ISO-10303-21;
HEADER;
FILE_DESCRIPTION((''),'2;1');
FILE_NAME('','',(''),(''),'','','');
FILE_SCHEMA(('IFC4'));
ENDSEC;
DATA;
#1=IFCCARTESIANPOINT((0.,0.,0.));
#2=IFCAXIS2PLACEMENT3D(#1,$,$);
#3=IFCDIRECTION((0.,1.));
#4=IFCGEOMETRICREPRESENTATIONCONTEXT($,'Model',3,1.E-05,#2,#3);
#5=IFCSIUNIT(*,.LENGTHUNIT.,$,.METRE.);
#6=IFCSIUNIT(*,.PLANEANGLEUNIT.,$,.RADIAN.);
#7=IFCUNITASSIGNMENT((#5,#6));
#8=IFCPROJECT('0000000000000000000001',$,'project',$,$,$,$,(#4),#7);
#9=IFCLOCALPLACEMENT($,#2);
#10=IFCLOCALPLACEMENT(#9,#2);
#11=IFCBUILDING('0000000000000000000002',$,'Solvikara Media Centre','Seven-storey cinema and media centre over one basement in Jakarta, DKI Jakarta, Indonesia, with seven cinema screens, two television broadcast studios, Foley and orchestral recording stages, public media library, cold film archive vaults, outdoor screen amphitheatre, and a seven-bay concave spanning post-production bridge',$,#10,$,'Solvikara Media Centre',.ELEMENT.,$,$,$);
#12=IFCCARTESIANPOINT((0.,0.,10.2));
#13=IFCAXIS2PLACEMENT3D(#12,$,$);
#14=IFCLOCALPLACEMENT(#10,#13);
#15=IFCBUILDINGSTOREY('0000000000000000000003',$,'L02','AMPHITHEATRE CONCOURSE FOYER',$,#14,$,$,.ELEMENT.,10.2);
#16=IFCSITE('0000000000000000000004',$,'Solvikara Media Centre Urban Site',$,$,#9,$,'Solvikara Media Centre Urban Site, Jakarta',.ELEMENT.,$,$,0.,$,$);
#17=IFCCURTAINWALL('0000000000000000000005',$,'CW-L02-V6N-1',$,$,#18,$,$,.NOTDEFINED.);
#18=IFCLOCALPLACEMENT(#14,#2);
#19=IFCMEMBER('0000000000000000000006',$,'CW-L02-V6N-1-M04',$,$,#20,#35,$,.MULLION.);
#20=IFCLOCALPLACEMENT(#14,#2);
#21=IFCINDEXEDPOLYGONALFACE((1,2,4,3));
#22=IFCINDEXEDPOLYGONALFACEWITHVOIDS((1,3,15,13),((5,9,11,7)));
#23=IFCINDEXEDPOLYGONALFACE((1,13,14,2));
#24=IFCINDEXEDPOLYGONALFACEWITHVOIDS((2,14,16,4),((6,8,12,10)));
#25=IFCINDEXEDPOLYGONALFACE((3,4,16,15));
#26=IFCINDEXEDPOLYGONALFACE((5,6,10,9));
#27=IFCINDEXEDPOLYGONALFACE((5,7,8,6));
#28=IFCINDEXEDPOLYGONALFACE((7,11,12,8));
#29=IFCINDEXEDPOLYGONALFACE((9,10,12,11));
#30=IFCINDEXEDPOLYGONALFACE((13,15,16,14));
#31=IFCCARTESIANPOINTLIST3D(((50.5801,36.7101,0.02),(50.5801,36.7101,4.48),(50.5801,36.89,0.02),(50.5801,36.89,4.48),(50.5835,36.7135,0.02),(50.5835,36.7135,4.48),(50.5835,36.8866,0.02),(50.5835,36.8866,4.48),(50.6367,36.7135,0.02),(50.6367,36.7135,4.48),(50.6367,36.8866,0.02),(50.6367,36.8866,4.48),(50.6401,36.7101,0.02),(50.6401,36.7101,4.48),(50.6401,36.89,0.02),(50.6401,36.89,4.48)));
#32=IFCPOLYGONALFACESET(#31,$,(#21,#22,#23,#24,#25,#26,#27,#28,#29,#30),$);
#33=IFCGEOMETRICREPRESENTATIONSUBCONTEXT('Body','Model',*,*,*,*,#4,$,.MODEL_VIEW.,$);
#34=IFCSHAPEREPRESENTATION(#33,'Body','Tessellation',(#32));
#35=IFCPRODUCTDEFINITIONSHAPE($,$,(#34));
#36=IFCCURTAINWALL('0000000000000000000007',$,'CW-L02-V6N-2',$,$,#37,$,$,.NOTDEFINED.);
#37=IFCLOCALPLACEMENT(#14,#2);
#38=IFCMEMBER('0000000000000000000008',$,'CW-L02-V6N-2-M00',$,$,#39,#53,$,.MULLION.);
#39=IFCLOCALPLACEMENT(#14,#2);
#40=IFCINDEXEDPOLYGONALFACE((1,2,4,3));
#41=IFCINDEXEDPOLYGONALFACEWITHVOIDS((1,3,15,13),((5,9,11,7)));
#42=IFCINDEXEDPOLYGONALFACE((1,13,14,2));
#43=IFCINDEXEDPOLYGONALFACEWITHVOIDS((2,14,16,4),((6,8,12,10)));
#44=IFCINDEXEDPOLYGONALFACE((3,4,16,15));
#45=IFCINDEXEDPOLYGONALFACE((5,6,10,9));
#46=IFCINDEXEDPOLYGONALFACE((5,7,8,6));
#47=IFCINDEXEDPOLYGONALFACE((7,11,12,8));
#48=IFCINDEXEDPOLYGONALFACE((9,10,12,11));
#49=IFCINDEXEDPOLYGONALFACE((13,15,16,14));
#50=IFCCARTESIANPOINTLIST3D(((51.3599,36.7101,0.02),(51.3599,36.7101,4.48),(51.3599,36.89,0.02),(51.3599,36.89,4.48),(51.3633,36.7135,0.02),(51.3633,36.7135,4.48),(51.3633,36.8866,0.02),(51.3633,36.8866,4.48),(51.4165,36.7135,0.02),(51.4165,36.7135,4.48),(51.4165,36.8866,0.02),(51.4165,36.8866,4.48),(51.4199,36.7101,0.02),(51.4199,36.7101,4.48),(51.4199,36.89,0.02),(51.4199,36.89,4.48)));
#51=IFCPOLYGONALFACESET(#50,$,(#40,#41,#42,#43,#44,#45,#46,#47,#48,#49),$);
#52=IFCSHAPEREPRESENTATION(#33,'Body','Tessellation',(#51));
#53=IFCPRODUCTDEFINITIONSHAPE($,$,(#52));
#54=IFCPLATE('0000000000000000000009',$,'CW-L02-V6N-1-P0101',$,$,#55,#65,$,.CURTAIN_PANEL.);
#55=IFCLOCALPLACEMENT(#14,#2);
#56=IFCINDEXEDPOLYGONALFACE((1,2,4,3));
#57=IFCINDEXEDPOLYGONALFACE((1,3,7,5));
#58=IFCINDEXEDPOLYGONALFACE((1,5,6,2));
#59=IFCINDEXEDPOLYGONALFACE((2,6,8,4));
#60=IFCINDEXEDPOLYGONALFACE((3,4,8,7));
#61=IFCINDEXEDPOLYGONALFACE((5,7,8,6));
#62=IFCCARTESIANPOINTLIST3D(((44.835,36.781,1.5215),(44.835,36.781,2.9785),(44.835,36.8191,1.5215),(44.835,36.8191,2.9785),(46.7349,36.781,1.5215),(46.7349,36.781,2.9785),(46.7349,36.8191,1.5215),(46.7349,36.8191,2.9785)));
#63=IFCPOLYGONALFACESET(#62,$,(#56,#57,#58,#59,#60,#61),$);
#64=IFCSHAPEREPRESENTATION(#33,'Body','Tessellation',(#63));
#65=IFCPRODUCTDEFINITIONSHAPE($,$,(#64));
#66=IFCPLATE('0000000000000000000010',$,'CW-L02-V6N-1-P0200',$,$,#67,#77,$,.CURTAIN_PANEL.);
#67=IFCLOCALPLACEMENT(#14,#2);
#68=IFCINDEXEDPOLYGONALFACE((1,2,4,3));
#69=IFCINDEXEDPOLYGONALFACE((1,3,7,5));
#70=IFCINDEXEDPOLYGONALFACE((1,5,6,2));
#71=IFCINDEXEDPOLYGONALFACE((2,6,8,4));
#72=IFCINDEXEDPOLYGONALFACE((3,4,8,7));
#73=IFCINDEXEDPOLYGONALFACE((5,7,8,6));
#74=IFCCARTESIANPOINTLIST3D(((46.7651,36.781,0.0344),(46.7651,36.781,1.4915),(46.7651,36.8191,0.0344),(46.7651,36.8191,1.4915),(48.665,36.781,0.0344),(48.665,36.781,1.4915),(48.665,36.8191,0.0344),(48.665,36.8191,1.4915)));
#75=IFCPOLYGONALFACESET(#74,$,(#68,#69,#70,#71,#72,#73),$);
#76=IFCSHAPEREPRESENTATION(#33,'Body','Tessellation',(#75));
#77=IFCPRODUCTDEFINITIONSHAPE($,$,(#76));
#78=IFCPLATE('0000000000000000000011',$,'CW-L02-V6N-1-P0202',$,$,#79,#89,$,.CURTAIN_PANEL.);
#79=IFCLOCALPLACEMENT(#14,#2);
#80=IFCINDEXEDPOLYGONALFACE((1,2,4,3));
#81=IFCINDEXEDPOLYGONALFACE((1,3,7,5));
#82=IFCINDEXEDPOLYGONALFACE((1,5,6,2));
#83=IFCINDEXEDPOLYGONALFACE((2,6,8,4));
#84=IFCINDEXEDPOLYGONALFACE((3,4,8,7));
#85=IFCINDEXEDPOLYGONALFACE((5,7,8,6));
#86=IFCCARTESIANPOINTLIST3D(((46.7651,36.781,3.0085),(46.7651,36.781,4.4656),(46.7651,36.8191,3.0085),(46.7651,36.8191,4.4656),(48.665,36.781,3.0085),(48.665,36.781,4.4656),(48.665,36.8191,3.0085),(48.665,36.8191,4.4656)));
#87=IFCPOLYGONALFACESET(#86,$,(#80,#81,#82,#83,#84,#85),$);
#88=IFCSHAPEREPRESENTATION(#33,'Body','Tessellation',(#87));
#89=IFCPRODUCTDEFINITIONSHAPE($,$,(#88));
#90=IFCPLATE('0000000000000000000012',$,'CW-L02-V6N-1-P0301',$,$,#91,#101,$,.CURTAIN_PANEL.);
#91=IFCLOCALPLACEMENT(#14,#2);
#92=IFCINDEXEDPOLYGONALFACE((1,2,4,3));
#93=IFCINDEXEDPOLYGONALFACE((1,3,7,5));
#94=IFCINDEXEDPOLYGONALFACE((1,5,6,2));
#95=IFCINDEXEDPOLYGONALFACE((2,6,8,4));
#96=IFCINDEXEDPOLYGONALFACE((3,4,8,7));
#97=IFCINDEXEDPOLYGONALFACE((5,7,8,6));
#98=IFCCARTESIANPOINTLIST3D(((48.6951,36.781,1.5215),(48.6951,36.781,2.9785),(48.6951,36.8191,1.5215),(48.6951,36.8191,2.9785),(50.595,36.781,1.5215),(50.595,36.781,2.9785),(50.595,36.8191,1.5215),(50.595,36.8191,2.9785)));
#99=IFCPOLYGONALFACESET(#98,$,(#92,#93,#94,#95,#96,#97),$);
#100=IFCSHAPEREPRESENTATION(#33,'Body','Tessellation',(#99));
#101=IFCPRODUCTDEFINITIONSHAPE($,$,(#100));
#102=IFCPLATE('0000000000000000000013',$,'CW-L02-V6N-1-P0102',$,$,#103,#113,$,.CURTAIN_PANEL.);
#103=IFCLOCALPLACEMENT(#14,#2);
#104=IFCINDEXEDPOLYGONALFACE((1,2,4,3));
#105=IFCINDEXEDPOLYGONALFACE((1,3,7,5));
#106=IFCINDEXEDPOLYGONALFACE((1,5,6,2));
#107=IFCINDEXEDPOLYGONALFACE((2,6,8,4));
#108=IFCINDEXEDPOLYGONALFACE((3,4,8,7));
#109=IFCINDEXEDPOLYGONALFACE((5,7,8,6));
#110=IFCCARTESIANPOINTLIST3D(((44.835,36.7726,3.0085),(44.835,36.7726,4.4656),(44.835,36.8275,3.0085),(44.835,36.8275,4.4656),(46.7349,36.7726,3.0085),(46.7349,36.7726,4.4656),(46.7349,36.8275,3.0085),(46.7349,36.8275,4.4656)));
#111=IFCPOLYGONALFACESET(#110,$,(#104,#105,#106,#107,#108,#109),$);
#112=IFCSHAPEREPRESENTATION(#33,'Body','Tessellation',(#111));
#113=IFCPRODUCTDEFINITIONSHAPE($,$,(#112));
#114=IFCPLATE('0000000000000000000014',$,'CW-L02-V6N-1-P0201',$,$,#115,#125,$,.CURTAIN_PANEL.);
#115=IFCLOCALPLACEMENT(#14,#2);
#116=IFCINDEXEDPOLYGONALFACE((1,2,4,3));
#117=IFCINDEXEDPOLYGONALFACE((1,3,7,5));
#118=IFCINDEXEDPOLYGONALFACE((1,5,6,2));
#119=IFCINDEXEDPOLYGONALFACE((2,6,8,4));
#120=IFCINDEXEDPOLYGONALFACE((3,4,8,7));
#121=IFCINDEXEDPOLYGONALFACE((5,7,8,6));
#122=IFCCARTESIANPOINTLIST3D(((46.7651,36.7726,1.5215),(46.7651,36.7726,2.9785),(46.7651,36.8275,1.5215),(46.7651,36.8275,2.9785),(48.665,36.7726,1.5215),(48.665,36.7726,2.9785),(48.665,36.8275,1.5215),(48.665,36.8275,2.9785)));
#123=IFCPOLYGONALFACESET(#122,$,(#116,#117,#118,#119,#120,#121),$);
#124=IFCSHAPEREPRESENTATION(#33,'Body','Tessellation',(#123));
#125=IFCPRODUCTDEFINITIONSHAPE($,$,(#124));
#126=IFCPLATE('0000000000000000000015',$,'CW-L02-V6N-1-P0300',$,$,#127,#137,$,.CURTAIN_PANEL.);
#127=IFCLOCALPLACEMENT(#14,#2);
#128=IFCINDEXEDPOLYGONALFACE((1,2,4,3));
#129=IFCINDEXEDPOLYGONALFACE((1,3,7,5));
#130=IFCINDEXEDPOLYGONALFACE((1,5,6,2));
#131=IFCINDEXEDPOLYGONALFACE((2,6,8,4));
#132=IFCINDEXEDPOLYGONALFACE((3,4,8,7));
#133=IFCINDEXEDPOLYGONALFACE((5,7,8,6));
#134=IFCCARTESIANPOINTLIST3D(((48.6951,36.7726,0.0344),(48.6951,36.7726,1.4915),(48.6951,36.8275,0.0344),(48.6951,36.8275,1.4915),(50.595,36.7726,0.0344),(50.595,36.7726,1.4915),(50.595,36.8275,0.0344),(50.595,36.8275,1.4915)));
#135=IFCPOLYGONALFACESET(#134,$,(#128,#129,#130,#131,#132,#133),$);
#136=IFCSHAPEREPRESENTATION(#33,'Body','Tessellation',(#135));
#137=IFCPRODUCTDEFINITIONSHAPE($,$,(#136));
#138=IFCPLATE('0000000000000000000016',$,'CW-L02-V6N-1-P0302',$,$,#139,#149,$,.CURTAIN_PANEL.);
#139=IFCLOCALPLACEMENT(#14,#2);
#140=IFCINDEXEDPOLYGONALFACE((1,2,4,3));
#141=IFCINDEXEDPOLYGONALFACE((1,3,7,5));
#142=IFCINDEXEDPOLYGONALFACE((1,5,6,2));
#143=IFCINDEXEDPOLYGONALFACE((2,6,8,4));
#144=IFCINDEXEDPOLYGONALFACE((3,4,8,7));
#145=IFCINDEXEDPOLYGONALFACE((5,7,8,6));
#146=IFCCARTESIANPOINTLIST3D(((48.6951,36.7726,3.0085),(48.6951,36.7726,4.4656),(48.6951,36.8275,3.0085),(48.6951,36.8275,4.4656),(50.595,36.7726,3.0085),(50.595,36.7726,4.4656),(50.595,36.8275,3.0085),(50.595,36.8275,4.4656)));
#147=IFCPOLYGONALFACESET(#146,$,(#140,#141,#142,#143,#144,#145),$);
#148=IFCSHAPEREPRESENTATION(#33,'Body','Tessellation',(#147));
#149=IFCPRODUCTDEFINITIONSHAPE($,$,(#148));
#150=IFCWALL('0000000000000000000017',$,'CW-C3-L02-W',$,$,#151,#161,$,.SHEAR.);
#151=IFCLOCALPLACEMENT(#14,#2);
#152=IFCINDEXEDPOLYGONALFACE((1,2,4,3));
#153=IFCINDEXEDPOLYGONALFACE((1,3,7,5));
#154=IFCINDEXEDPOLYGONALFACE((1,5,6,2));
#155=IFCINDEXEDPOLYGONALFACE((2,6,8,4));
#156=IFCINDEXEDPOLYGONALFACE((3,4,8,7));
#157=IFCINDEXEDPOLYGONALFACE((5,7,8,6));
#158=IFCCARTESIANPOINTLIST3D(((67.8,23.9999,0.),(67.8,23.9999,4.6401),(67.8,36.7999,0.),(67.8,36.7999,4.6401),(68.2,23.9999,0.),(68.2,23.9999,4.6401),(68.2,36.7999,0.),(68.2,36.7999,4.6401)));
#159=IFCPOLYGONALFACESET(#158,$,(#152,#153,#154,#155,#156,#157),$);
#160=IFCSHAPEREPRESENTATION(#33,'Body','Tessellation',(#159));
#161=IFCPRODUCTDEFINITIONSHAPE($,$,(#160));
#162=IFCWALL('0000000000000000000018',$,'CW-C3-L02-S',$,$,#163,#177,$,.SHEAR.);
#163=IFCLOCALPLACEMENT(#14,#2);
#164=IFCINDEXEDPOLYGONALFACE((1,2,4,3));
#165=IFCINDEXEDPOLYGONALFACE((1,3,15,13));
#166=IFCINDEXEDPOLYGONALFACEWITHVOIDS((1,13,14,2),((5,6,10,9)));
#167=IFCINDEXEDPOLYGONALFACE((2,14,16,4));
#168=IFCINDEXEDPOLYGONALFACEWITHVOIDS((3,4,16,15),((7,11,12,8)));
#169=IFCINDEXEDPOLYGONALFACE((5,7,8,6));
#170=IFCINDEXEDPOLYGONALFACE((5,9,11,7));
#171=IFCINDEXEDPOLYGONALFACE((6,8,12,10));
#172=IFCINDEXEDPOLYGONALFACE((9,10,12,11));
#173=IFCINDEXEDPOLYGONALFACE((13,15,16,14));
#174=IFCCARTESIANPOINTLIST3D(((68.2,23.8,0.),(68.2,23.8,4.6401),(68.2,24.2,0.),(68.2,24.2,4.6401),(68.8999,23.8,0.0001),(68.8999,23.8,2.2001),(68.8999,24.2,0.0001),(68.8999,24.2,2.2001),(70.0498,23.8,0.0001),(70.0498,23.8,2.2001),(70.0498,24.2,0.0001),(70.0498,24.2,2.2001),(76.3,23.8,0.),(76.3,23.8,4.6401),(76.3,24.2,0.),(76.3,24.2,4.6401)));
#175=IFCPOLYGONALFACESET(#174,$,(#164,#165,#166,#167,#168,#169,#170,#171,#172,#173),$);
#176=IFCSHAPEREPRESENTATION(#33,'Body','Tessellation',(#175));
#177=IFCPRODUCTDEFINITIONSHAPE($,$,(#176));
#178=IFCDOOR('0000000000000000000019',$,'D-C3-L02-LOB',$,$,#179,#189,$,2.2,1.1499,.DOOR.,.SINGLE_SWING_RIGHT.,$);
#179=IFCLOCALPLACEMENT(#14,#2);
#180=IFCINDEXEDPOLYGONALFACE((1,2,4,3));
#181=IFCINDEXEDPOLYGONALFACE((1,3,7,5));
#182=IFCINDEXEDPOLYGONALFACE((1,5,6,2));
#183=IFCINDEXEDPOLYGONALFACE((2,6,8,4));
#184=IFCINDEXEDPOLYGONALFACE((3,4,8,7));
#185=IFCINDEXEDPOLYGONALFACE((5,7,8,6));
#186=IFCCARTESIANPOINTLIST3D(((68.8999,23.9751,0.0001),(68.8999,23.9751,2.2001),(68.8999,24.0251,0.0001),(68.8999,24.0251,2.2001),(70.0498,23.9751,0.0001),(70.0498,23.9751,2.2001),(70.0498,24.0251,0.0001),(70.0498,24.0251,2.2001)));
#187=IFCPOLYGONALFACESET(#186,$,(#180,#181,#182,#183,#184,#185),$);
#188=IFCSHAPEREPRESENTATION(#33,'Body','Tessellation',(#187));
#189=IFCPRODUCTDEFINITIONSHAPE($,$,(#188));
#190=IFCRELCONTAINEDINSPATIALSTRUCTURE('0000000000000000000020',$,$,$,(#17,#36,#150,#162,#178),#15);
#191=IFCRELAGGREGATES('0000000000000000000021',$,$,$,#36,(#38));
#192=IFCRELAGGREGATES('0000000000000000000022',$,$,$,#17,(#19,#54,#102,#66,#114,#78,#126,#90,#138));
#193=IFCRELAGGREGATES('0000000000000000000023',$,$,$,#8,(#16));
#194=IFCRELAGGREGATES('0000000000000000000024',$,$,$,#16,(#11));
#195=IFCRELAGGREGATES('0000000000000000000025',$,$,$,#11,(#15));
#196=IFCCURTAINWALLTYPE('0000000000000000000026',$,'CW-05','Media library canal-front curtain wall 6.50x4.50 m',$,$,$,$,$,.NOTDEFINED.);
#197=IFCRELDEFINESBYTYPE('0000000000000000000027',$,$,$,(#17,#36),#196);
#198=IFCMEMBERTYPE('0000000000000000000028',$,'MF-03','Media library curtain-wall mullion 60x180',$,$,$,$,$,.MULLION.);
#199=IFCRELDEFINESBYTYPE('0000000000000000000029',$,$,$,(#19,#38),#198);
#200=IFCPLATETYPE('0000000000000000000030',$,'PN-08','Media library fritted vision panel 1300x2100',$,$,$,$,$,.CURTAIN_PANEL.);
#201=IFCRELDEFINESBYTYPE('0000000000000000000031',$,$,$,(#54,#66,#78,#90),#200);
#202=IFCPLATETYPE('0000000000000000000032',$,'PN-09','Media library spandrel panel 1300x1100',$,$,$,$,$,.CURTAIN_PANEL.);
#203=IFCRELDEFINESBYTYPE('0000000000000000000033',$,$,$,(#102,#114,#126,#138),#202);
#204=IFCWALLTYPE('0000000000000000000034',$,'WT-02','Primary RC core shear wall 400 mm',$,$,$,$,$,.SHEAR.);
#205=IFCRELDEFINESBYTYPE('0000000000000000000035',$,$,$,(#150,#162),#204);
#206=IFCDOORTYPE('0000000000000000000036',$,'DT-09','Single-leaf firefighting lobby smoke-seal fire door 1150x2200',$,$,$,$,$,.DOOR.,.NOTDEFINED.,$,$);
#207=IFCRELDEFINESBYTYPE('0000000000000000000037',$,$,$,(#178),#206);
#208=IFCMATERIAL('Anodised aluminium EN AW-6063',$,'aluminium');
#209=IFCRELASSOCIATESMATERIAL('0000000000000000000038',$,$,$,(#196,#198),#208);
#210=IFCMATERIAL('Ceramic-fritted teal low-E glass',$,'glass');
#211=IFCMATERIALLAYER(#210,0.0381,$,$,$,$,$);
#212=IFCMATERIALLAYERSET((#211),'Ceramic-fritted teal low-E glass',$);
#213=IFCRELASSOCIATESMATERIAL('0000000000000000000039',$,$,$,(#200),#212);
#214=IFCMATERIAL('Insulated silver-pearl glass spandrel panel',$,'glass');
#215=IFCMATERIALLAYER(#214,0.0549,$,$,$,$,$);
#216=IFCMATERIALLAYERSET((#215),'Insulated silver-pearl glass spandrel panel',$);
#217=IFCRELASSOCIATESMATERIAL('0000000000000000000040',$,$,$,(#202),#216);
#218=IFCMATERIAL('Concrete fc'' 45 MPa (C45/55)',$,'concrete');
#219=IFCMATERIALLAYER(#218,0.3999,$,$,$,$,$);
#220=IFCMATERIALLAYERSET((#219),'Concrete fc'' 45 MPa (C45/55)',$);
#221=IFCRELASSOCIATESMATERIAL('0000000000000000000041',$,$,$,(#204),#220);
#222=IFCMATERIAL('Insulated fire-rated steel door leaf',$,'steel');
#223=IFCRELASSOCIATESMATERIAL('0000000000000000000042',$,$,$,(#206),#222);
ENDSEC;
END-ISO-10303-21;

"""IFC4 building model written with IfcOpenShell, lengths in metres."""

from ifc_helpers import new_model, si_unit, direction, frame, frame_2d, origin, origin_2d, place, context, subcontext, project, spatial, rectangle, hollow_rectangle, extrude, material, layer, layer_set, material_profile, profile_set, type_object, element, fill, aggregate, save


model = new_model("IFC4")

# Units and contexts
model_context = context("Model", 3, precision=1e-05, world=origin(), true_north=direction((0.0, 1.0)))
body_context = subcontext(model_context, "Body", "Model", "MODEL_VIEW")
ifc_project = project(units=[si_unit("LENGTHUNIT", "METRE"), si_unit("PLANEANGLEUNIT", "RADIAN")], contexts=[model_context])

# Site, building, storey
site_placement = place(None, origin())
site = spatial("IfcSite", under=ifc_project, at=site_placement, Name="Solvikara Media Centre Urban Site", LongName="Solvikara Media Centre Urban Site, Jakarta", CompositionType="ELEMENT", RefElevation=0.0)
building_placement = place(site_placement, origin())
building = spatial("IfcBuilding", under=site, at=building_placement, Name="Solvikara Media Centre", Description="Seven-storey cinema and media centre over one basement in Jakarta, DKI Jakarta, Indonesia, with seven cinema screens, two television broadcast studios, Foley and orchestral recording stages, public media library, cold film archive vaults, outdoor screen amphitheatre, and a seven-bay concave spanning post-production bridge", LongName="Solvikara Media Centre", CompositionType="ELEMENT")
storey_placement = place(building_placement, frame((0.0, 0.0, 10.2)))
storey = spatial("IfcBuildingStorey", under=building, at=storey_placement, Name="L02", Description="AMPHITHEATRE CONCOURSE FOYER", CompositionType="ELEMENT", Elevation=10.2)

# Shared definitions
ifc_material_1 = material(Name="Concrete fc' 45 MPa (C45/55)", Category="concrete")

# Curtain wall, member
ifc_material_2 = material(Name="Anodised aluminium EN AW-6063", Category="aluminium")
curtain_wall_type = type_object("IfcCurtainWallType", Name="CW-05", Description="Media library canal-front curtain wall 6.50x4.50 m", PredefinedType="NOTDEFINED", material=ifc_material_2)
curtain_wall_1_placement = place(storey_placement, origin())
curtain_wall_1 = element("IfcCurtainWall", 1, at=curtain_wall_1_placement, inside=storey, type_object=curtain_wall_type, Name="CW-L02-V6N-1", PredefinedType="NOTDEFINED")
ifc_material_profile_1 = material_profile(ifc_material_2, hollow_rectangle(XDim=0.0601, YDim=0.1799, WallThickness=0.0034, at=origin_2d()), Name="ALU-M 60x180x3.5")
ifc_profile_set_1 = profile_set([ifc_material_profile_1], Name="Anodised aluminium EN AW-6063")
member_type = type_object("IfcMemberType", Name="MF-03", Description="Media library curtain-wall mullion 60x180", PredefinedType="MULLION", material=ifc_profile_set_1)
member_1_placement = place(storey_placement, frame((50.6101, 36.8, 0.02), z_axis=(0.0, 0.0, 1.0), x_axis=(1.0, 0.0, 0.0)))
member_1 = element("IfcMember", 2, at=member_1_placement, type_object=member_type, Name="CW-L02-V6N-1-M04", PredefinedType="MULLION", context=body_context, shape_type="SweptSolid", body=[
    extrude(hollow_rectangle(XDim=0.0601, YDim=0.1799, WallThickness=0.0034, at=origin_2d()), origin(), (0.0, 0.0, 1.0), 4.46),
])

# Curtain wall, member
curtain_wall_2_placement = place(storey_placement, origin())
curtain_wall_2 = element("IfcCurtainWall", 3, at=curtain_wall_2_placement, inside=storey, type_object=curtain_wall_type, Name="CW-L02-V6N-2", PredefinedType="NOTDEFINED")
member_2_placement = place(storey_placement, frame((51.3899, 36.8, 0.02), z_axis=(0.0, 0.0, 1.0), x_axis=(1.0, 0.0, 0.0)))
member_2 = element("IfcMember", 4, at=member_2_placement, type_object=member_type, Name="CW-L02-V6N-2-M00", PredefinedType="MULLION", context=body_context, shape_type="SweptSolid", body=[
    extrude(hollow_rectangle(XDim=0.0601, YDim=0.1799, WallThickness=0.0034, at=origin_2d()), origin(), (0.0, 0.0, 1.0), 4.46),
])
aggregate(curtain_wall_2, [member_2])

# Plates
ifc_material_3 = material(Name="Ceramic-fritted teal low-E glass", Category="glass")
ifc_layer_1 = layer(ifc_material_3, 0.0381)
ifc_layer_set_1 = layer_set([ifc_layer_1], Name="Ceramic-fritted teal low-E glass")
plate_type_1 = type_object("IfcPlateType", Name="PN-08", Description="Media library fritted vision panel 1300x2100", PredefinedType="CURTAIN_PANEL", material=ifc_layer_set_1)
plate_1_placement = place(storey_placement, frame((45.7849, 36.8, 1.5215), z_axis=(0.0, 0.0, 1.0), x_axis=(1.0, 0.0, 0.0)))
plate_1 = element("IfcPlate", 5, at=plate_1_placement, type_object=plate_type_1, Name="CW-L02-V6N-1-P0101", PredefinedType="CURTAIN_PANEL", context=body_context, shape_type="SweptSolid", body=[
    extrude(rectangle(XDim=1.8999, YDim=0.0381, at=origin_2d()), origin(), (0.0, 0.0, 1.0), 1.457),
])
plate_2_placement = place(storey_placement, frame((47.7151, 36.8, 0.0344), z_axis=(0.0, 0.0, 1.0), x_axis=(1.0, 0.0, 0.0)))
plate_2 = element("IfcPlate", 6, at=plate_2_placement, type_object=plate_type_1, Name="CW-L02-V6N-1-P0200", PredefinedType="CURTAIN_PANEL", context=body_context, shape_type="SweptSolid", body=[
    extrude(rectangle(XDim=1.8999, YDim=0.0381, at=origin_2d()), origin(), (0.0, 0.0, 1.0), 1.457),
])
plate_3_placement = place(storey_placement, frame((47.7151, 36.8, 3.0085), z_axis=(0.0, 0.0, 1.0), x_axis=(1.0, 0.0, 0.0)))
plate_3 = element("IfcPlate", 7, at=plate_3_placement, type_object=plate_type_1, Name="CW-L02-V6N-1-P0202", PredefinedType="CURTAIN_PANEL", context=body_context, shape_type="SweptSolid", body=[
    extrude(rectangle(XDim=1.8999, YDim=0.0381, at=origin_2d()), origin(), (0.0, 0.0, 1.0), 1.457),
])
plate_4_placement = place(storey_placement, frame((49.645, 36.8, 1.5215), z_axis=(0.0, 0.0, 1.0), x_axis=(1.0, 0.0, 0.0)))
plate_4 = element("IfcPlate", 8, at=plate_4_placement, type_object=plate_type_1, Name="CW-L02-V6N-1-P0301", PredefinedType="CURTAIN_PANEL", context=body_context, shape_type="SweptSolid", body=[
    extrude(rectangle(XDim=1.8999, YDim=0.0381, at=origin_2d()), origin(), (0.0, 0.0, 1.0), 1.457),
])
ifc_material_4 = material(Name="Insulated silver-pearl glass spandrel panel", Category="glass")
ifc_layer_2 = layer(ifc_material_4, 0.0549)
ifc_layer_set_2 = layer_set([ifc_layer_2], Name="Insulated silver-pearl glass spandrel panel")
plate_type_2 = type_object("IfcPlateType", Name="PN-09", Description="Media library spandrel panel 1300x1100", PredefinedType="CURTAIN_PANEL", material=ifc_layer_set_2)
plate_5_placement = place(storey_placement, frame((45.7849, 36.8, 3.0085), z_axis=(0.0, 0.0, 1.0), x_axis=(1.0, 0.0, 0.0)))
plate_5 = element("IfcPlate", 9, at=plate_5_placement, type_object=plate_type_2, Name="CW-L02-V6N-1-P0102", PredefinedType="CURTAIN_PANEL", context=body_context, shape_type="SweptSolid", body=[
    extrude(rectangle(XDim=1.8999, YDim=0.0549, at=origin_2d()), origin(), (0.0, 0.0, 1.0), 1.457),
])
plate_6_placement = place(storey_placement, frame((47.7151, 36.8, 1.5215), z_axis=(0.0, 0.0, 1.0), x_axis=(1.0, 0.0, 0.0)))
plate_6 = element("IfcPlate", 10, at=plate_6_placement, type_object=plate_type_2, Name="CW-L02-V6N-1-P0201", PredefinedType="CURTAIN_PANEL", context=body_context, shape_type="SweptSolid", body=[
    extrude(rectangle(XDim=1.8999, YDim=0.0549, at=origin_2d()), origin(), (0.0, 0.0, 1.0), 1.457),
])
plate_7_placement = place(storey_placement, frame((49.645, 36.8, 0.0344), z_axis=(0.0, 0.0, 1.0), x_axis=(1.0, 0.0, 0.0)))
plate_7 = element("IfcPlate", 11, at=plate_7_placement, type_object=plate_type_2, Name="CW-L02-V6N-1-P0300", PredefinedType="CURTAIN_PANEL", context=body_context, shape_type="SweptSolid", body=[
    extrude(rectangle(XDim=1.8999, YDim=0.0549, at=origin_2d()), origin(), (0.0, 0.0, 1.0), 1.457),
])
plate_8_placement = place(storey_placement, frame((49.645, 36.8, 3.0085), z_axis=(0.0, 0.0, 1.0), x_axis=(1.0, 0.0, 0.0)))
plate_8 = element("IfcPlate", 12, at=plate_8_placement, type_object=plate_type_2, Name="CW-L02-V6N-1-P0302", PredefinedType="CURTAIN_PANEL", context=body_context, shape_type="SweptSolid", body=[
    extrude(rectangle(XDim=1.8999, YDim=0.0549, at=origin_2d()), origin(), (0.0, 0.0, 1.0), 1.457),
])
aggregate(curtain_wall_1, [member_1, plate_1, plate_5, plate_2, plate_6, plate_3, plate_7, plate_4, plate_8])

# Wall
ifc_layer_3 = layer(ifc_material_1, 0.3999)
ifc_layer_set_3 = layer_set([ifc_layer_3], Name="Concrete fc' 45 MPa (C45/55)")
wall_type_1 = type_object("IfcWallType", Name="WT-02", Description="Primary RC core shear wall 400 mm", PredefinedType="SHEAR", material=ifc_layer_set_3)
wall_1_placement = place(storey_placement, frame((68.0, 24.0, 0.0), z_axis=(0.0, 0.0, 1.0), x_axis=(0.0, 1.0, 0.0)))
element("IfcWall", 13, at=wall_1_placement, inside=storey, type_object=wall_type_1, Name="CW-C3-L02-W", PredefinedType="SHEAR", context=body_context, shape_type="SweptSolid", body=[
    extrude(rectangle(XDim=12.8, YDim=0.3999, at=frame_2d((6.3999, 0.0))), origin(), (0.0, 0.0, 1.0), 4.6401),
])

# Wall, opening, door
wall_2_placement = place(storey_placement, frame((68.2, 24.0, 0.0), z_axis=(0.0, 0.0, 1.0), x_axis=(1.0, 0.0, 0.0)))
wall_2 = element("IfcWall", 14, at=wall_2_placement, inside=storey, type_object=wall_type_1, Name="CW-C3-L02-S", PredefinedType="SHEAR", context=body_context, shape_type="SweptSolid", body=[
    extrude(rectangle(XDim=8.1001, YDim=0.3999, at=frame_2d((4.05, 0.0))), origin(), (0.0, 0.0, 1.0), 4.6401),
])
opening_1_placement = place(wall_2_placement, frame((0.7, 0.0, 0.0)))
opening_1 = element("IfcOpeningElement", 15, at=opening_1_placement, cuts=wall_2, PredefinedType="OPENING", context=body_context, shape_type="SweptSolid", body=[
    extrude(rectangle(XDim=1.1499, YDim=2.2, at=frame_2d((0.575, 1.1001))), frame((0.0, 0.2119, 0.0), z_axis=(0.0, -1.0, 0.0), x_axis=(1.0, 0.0, 0.0)), (0.0, 0.0, 1.0), 0.4238),
])
ifc_material_5 = material(Name="Insulated fire-rated steel door leaf", Category="steel")
door_type_1 = type_object("IfcDoorType", Name="DT-09", Description="Single-leaf firefighting lobby smoke-seal fire door 1150x2200", OperationType="NOTDEFINED", PredefinedType="DOOR", material=ifc_material_5)
door_1_placement = place(opening_1_placement, frame((1.1499, 0.0, 0.0), z_axis=(0.0, 0.0, 1.0), x_axis=(-1.0, 0.0, 0.0)))
door_1 = element("IfcDoor", 16, at=door_1_placement, inside=storey, type_object=door_type_1, Name="D-C3-L02-LOB", OperationType="SINGLE_SWING_RIGHT", OverallHeight=2.2, OverallWidth=1.1499, PredefinedType="DOOR", context=body_context, shape_type="SweptSolid", body=[
    extrude(rectangle(XDim=1.1499, YDim=2.2, at=frame_2d((0.575, 1.1001))), frame((0.0, 0.0249, 0.0), z_axis=(0.0, -1.0, 0.0), x_axis=(1.0, 0.0, 0.0)), (0.0, 0.0, 1.0), 0.05),
])
fill(opening_1, door_1)

save(model, "model.ifc")
